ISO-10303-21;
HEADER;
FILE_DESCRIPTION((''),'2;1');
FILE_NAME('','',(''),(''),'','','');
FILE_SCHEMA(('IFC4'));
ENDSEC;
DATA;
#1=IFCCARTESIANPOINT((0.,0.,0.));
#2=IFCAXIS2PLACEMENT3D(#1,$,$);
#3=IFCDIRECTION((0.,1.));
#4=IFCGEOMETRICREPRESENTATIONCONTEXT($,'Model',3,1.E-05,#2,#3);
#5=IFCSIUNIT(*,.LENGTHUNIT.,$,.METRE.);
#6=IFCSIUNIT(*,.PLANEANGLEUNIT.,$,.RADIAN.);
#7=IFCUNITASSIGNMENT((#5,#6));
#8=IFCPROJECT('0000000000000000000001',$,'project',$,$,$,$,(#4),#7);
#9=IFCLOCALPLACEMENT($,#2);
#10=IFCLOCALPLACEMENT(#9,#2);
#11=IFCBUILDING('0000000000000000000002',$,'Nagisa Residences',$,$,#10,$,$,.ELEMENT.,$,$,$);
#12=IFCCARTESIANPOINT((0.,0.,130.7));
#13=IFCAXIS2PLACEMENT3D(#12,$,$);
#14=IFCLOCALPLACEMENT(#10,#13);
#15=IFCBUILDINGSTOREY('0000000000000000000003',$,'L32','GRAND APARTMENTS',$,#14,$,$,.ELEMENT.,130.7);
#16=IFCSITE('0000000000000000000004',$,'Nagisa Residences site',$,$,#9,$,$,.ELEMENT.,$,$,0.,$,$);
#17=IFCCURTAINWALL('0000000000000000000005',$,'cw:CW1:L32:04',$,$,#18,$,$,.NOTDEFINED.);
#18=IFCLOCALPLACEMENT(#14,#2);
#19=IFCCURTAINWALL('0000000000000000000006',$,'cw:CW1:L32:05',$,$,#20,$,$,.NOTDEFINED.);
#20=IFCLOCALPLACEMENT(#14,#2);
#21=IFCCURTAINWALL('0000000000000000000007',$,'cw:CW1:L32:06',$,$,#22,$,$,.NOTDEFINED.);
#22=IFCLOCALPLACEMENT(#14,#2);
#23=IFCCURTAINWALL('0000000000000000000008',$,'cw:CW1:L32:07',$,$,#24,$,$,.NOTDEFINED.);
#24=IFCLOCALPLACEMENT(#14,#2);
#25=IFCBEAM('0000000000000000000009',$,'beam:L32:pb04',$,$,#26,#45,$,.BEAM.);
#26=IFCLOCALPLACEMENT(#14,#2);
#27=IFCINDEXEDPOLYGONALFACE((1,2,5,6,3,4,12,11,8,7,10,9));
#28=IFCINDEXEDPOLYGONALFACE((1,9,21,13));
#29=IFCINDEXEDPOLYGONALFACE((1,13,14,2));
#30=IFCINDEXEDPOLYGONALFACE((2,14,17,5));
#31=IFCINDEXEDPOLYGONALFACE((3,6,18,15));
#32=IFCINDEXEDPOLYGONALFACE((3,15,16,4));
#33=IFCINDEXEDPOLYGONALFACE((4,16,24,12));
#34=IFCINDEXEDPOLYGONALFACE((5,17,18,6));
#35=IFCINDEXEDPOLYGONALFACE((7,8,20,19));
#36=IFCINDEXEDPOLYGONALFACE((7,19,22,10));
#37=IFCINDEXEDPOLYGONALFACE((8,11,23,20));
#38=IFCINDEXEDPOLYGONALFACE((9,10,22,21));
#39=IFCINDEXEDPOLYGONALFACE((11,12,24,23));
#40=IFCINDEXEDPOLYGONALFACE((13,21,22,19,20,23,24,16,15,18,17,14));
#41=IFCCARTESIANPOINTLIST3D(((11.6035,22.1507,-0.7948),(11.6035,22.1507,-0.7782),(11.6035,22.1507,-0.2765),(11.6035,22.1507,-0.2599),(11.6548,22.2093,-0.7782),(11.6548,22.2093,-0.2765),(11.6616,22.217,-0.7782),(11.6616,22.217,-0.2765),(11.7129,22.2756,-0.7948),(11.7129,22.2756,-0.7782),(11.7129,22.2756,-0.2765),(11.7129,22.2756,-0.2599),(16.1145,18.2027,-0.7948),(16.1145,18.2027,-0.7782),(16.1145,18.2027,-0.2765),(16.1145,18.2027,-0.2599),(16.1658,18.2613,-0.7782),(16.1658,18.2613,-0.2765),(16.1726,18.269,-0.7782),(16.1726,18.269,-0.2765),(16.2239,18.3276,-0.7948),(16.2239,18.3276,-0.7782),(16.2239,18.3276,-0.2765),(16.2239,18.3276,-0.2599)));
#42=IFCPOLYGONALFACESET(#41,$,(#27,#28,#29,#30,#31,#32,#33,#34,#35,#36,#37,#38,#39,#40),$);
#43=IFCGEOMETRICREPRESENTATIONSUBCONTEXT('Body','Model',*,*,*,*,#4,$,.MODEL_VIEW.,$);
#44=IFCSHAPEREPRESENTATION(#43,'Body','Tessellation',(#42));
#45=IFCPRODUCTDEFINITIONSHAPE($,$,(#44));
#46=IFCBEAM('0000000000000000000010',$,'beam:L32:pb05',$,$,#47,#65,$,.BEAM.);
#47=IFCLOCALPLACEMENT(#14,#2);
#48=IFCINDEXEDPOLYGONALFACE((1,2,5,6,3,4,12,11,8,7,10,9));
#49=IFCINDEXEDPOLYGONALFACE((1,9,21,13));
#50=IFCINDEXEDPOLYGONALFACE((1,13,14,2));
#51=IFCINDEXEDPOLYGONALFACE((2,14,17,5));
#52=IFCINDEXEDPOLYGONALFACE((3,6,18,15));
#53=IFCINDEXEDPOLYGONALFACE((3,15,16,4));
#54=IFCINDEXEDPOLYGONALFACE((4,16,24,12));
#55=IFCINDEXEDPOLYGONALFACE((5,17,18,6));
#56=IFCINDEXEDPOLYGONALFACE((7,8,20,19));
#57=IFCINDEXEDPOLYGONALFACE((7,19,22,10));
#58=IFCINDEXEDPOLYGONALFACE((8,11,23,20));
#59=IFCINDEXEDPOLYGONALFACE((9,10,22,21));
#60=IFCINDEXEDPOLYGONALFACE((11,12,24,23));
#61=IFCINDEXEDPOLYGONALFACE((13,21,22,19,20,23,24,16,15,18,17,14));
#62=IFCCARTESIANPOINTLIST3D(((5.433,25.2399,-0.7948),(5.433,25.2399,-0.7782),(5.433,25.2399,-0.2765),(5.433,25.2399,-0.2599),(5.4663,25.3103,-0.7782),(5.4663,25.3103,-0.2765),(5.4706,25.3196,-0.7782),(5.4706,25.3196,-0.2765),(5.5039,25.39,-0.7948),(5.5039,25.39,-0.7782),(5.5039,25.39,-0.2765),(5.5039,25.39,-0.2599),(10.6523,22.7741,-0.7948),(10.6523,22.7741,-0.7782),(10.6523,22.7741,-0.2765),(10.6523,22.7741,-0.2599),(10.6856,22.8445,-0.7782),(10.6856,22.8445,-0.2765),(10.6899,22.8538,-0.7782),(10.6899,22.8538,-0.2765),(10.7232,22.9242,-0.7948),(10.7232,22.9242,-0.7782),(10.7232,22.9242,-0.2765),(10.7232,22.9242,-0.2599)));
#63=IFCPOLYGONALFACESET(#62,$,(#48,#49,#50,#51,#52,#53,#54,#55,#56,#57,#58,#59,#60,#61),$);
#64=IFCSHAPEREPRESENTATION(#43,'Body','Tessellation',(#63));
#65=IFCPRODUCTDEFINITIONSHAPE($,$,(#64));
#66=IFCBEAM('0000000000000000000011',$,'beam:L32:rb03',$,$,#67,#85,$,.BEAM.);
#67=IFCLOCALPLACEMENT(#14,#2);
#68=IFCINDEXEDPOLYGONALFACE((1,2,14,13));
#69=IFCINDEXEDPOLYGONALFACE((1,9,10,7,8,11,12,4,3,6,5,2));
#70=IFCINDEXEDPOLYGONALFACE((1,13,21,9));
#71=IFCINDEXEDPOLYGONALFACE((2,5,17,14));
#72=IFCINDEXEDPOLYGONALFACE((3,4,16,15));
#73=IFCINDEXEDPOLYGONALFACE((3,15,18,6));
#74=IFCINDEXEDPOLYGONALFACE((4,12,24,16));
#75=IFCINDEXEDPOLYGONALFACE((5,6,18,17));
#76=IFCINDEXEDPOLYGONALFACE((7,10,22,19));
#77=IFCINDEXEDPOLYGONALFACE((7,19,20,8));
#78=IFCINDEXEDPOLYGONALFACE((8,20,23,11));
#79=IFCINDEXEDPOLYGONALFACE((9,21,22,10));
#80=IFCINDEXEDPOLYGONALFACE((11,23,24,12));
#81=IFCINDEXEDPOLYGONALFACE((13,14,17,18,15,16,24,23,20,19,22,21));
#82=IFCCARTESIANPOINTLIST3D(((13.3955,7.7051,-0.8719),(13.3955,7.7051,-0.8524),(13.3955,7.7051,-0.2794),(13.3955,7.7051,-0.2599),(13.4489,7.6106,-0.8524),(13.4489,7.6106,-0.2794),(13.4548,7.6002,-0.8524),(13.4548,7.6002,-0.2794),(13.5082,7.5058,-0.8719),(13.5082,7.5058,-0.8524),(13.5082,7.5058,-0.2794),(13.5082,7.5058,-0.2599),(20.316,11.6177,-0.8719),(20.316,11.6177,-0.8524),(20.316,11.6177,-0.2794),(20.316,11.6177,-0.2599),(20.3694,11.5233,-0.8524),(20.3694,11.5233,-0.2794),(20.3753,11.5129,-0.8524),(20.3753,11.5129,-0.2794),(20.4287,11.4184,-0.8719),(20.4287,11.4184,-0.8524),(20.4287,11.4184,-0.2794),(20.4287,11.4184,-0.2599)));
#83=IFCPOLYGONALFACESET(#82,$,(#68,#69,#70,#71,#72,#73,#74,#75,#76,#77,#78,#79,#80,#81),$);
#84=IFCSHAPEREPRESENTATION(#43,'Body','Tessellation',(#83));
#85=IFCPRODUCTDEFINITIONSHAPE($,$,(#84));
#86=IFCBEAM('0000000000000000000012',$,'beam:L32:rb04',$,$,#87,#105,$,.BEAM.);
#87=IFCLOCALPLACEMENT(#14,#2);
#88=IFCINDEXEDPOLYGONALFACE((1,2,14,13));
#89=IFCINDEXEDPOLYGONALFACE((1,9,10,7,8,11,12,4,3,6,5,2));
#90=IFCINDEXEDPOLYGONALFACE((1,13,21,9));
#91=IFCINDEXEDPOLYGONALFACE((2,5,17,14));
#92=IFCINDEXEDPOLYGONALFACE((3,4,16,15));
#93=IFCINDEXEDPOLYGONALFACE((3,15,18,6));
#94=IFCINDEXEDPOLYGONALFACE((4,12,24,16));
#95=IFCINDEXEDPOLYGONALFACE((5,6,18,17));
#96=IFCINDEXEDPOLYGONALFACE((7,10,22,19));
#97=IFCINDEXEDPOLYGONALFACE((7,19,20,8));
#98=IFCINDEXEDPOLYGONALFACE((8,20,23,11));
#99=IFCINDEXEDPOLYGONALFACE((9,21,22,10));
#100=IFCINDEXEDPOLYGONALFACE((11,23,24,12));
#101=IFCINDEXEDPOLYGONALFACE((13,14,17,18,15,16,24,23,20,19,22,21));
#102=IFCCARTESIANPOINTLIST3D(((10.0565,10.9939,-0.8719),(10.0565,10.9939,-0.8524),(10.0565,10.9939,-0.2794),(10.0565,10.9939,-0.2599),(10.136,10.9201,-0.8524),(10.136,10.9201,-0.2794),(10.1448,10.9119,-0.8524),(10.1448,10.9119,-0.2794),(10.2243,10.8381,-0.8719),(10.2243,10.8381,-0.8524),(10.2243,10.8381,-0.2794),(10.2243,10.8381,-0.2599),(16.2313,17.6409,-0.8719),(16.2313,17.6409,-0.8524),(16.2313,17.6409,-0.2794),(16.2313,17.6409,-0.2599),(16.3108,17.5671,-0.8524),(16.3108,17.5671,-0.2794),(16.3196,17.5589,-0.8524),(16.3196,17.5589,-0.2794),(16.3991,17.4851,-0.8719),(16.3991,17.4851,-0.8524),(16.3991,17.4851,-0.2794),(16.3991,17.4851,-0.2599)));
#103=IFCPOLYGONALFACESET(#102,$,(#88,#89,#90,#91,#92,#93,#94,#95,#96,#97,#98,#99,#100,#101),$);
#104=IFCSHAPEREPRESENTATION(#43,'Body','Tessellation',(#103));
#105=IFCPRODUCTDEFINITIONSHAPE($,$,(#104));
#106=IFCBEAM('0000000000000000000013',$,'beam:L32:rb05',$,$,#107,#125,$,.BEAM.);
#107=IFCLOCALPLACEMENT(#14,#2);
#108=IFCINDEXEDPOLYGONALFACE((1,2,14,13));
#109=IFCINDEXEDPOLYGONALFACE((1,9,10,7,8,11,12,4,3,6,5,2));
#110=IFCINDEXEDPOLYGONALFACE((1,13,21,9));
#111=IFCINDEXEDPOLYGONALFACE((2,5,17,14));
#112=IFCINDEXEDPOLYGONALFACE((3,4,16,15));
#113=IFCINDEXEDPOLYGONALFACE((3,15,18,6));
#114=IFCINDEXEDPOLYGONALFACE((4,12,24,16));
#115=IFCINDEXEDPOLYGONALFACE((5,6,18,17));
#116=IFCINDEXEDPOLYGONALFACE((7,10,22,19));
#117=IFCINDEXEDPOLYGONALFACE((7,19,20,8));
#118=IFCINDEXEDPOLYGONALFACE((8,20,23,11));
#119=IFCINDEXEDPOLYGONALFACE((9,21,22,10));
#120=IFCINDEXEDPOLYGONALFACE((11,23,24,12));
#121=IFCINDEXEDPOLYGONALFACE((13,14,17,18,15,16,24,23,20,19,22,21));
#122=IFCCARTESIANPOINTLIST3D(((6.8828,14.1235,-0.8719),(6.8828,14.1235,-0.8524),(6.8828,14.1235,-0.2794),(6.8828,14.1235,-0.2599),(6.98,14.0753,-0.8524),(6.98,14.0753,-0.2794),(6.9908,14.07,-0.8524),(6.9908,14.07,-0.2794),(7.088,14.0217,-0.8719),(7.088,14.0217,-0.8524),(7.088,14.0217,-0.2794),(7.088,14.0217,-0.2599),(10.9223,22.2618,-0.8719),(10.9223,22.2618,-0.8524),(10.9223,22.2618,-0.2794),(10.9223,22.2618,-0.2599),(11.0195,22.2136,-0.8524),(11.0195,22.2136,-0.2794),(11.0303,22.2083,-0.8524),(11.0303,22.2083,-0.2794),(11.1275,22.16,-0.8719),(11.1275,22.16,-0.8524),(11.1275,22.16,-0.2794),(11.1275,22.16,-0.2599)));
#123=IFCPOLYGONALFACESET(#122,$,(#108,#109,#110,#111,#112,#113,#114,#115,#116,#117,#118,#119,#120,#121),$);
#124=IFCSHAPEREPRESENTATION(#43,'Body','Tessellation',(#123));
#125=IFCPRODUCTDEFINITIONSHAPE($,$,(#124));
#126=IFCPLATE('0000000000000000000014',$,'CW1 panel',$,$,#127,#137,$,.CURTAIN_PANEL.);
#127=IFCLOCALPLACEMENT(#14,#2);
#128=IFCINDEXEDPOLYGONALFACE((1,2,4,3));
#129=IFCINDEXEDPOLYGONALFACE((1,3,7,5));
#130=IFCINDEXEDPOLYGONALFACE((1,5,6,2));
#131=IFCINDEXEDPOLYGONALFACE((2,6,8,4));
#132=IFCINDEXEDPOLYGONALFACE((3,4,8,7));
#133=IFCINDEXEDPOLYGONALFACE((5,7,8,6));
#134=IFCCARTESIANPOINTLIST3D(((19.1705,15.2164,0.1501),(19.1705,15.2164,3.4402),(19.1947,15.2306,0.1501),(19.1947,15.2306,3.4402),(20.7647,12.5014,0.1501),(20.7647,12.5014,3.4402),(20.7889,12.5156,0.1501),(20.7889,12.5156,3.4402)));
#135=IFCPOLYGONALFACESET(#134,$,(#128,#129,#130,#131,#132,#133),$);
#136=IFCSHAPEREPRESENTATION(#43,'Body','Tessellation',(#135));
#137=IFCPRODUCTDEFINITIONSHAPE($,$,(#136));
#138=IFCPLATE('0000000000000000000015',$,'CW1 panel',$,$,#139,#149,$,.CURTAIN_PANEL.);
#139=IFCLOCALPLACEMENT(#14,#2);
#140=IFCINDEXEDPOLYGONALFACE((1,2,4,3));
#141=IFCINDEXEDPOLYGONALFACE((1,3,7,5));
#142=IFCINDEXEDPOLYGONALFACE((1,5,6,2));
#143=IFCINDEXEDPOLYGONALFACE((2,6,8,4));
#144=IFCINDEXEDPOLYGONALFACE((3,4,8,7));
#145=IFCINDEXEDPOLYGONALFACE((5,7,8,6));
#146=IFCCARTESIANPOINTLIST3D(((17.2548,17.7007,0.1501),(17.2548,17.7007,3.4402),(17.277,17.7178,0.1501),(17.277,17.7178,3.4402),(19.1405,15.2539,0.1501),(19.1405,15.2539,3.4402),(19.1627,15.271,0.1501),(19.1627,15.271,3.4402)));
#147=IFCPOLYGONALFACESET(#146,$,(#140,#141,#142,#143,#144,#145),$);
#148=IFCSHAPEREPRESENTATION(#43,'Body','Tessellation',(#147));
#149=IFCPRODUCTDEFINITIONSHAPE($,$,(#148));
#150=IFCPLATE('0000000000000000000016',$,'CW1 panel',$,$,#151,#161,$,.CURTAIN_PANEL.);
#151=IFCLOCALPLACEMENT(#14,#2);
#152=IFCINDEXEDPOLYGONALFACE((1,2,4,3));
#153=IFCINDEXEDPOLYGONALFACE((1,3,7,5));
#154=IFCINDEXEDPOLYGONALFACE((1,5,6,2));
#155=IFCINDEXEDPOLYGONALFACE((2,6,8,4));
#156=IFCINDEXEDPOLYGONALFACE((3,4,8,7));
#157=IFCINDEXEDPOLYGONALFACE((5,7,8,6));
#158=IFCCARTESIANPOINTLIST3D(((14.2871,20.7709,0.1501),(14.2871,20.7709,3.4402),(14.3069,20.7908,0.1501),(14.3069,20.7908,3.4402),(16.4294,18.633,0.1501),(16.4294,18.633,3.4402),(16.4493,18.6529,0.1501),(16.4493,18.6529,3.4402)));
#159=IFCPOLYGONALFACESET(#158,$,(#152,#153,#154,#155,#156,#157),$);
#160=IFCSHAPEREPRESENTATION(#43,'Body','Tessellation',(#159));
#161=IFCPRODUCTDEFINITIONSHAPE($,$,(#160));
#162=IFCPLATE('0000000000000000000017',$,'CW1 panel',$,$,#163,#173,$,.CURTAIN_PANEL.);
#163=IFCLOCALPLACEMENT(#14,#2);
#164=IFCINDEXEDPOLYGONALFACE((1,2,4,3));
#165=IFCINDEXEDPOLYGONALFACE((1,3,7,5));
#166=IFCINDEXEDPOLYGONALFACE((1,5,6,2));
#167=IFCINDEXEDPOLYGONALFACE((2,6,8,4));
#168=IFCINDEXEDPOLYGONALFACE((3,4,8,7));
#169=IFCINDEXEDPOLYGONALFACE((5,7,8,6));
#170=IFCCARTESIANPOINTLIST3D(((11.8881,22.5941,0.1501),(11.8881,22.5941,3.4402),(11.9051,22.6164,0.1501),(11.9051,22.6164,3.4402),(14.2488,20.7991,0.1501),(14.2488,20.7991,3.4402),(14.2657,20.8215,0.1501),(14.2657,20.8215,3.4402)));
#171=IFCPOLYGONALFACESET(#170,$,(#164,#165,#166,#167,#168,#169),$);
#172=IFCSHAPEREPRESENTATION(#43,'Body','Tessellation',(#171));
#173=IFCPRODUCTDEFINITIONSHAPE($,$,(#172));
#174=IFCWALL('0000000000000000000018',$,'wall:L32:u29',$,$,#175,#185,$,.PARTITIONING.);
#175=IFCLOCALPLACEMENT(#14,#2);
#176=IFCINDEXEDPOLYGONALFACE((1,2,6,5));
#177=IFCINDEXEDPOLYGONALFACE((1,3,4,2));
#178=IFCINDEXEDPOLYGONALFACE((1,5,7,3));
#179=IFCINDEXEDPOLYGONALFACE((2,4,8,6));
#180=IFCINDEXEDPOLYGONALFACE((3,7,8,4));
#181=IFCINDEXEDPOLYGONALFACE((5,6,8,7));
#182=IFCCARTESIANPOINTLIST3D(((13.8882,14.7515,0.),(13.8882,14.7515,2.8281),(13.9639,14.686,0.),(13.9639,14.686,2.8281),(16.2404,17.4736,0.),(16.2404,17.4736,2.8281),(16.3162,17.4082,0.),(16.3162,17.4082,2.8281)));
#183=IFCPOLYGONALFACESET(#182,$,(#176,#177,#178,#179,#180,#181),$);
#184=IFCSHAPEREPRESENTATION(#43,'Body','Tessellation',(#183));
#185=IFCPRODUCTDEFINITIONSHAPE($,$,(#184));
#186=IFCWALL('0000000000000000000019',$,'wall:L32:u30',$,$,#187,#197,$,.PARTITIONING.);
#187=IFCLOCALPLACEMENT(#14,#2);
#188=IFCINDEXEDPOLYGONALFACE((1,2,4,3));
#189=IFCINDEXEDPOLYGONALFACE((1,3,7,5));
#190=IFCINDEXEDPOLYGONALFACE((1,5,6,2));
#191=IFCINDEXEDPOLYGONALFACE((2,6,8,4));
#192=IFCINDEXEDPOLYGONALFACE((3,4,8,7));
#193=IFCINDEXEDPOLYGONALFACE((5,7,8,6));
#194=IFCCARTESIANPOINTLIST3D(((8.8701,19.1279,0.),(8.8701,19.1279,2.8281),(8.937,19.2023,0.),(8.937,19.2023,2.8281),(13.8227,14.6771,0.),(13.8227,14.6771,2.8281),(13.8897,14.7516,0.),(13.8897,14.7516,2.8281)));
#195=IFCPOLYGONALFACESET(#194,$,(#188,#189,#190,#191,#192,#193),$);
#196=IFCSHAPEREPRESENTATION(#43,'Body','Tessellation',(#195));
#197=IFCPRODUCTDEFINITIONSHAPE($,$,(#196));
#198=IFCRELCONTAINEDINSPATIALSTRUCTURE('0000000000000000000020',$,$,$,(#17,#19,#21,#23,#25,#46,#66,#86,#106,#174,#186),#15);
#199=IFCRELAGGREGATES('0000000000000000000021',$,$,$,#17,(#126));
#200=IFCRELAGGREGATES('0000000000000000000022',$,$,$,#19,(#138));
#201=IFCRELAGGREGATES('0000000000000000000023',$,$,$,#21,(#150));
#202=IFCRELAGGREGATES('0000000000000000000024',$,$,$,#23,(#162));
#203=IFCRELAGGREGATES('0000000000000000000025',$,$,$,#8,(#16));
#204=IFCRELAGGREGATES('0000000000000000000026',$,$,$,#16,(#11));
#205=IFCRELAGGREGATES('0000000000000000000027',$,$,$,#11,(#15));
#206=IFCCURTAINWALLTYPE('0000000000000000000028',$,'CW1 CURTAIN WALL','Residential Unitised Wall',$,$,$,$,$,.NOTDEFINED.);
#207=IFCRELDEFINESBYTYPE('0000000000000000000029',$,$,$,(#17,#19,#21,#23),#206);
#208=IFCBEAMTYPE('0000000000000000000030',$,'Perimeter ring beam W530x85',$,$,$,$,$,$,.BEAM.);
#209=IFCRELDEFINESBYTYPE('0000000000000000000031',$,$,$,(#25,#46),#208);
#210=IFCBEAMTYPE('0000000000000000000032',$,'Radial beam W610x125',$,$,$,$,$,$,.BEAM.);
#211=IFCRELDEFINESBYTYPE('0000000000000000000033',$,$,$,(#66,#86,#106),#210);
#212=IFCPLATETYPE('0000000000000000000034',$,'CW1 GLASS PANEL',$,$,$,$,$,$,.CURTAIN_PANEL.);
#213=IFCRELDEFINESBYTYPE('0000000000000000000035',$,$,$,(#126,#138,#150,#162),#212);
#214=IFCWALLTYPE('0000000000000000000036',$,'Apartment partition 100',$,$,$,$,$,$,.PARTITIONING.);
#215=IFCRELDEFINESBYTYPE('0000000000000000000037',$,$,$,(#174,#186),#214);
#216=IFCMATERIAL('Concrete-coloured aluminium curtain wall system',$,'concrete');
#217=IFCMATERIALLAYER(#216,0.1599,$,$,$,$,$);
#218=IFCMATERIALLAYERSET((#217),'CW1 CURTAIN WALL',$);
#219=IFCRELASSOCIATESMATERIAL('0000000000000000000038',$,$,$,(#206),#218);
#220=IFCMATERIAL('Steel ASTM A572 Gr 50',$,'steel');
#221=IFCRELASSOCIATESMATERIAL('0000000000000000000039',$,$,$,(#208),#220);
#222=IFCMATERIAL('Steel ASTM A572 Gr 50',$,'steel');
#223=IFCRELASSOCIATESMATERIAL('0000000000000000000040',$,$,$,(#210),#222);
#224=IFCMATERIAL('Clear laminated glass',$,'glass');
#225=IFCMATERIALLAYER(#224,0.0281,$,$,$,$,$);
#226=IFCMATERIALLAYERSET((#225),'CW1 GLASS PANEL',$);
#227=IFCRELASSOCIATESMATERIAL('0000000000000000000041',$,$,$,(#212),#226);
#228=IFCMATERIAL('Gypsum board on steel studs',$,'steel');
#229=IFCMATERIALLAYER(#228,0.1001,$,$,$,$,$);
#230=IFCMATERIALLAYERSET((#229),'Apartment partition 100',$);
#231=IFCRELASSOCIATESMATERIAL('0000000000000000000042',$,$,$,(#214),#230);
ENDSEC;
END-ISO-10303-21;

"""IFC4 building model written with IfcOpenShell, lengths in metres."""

from ifc_helpers import new_model, si_unit, direction, frame, frame_2d, origin, origin_2d, place, context, subcontext, project, spatial, rectangle, i_section, extrude, material, layer, layer_set, material_profile, profile_set, type_object, element, aggregate, save


model = new_model("IFC4")

# Units and contexts
model_context = context("Model", 3, precision=1e-05, world=origin(), true_north=direction((0.0, 1.0)))
body_context = subcontext(model_context, "Body", "Model", "MODEL_VIEW")
ifc_project = project(units=[si_unit("LENGTHUNIT", "METRE"), si_unit("PLANEANGLEUNIT", "RADIAN")], contexts=[model_context])

# Site, building, storey
site_placement = place(None, origin())
site = spatial("IfcSite", under=ifc_project, at=site_placement, Name="Nagisa Residences site", CompositionType="ELEMENT", RefElevation=0.0)
building_placement = place(site_placement, origin())
building = spatial("IfcBuilding", under=site, at=building_placement, Name="Nagisa Residences", CompositionType="ELEMENT")
storey_placement = place(building_placement, frame((0.0, 0.0, 130.7)))
storey = spatial("IfcBuildingStorey", under=building, at=storey_placement, Name="L32", Description="GRAND APARTMENTS", CompositionType="ELEMENT", Elevation=130.7)

# Curtain walls
ifc_material_1 = material(Name="Concrete-coloured aluminium curtain wall system", Category="concrete")
ifc_layer_1 = layer(ifc_material_1, 0.1599)
ifc_layer_set_1 = layer_set([ifc_layer_1], Name="CW1 CURTAIN WALL")
curtain_wall_type = type_object("IfcCurtainWallType", Name="CW1 CURTAIN WALL", Description="Residential Unitised Wall", PredefinedType="NOTDEFINED", material=ifc_layer_set_1)
curtain_wall_1_placement = place(storey_placement, origin())
curtain_wall_1 = element("IfcCurtainWall", 1, at=curtain_wall_1_placement, inside=storey, type_object=curtain_wall_type, Name="cw:CW1:L32:04", PredefinedType="NOTDEFINED")
curtain_wall_2_placement = place(storey_placement, origin())
curtain_wall_2 = element("IfcCurtainWall", 2, at=curtain_wall_2_placement, inside=storey, type_object=curtain_wall_type, Name="cw:CW1:L32:05", PredefinedType="NOTDEFINED")
curtain_wall_3_placement = place(storey_placement, origin())
curtain_wall_3 = element("IfcCurtainWall", 3, at=curtain_wall_3_placement, inside=storey, type_object=curtain_wall_type, Name="cw:CW1:L32:06", PredefinedType="NOTDEFINED")
curtain_wall_4_placement = place(storey_placement, origin())
curtain_wall_4 = element("IfcCurtainWall", 4, at=curtain_wall_4_placement, inside=storey, type_object=curtain_wall_type, Name="cw:CW1:L32:07", PredefinedType="NOTDEFINED")

# Beams
ifc_material_2 = material(Name="Steel ASTM A572 Gr 50", Category="steel")
ifc_material_profile_1 = material_profile(ifc_material_2, i_section(OverallWidth=0.166, OverallDepth=0.5349, WebThickness=0.0103, FlangeThickness=0.0166, at=origin_2d()), Name="W530x85")
ifc_profile_set_1 = profile_set([ifc_material_profile_1], Name="Steel ASTM A572 Gr 50")
beam_type_1 = type_object("IfcBeamType", Name="Perimeter ring beam W530x85", PredefinedType="BEAM", material=ifc_profile_set_1)
beam_1_placement = place(storey_placement, frame((16.1692, 18.2651, -0.5273), z_axis=(-0.752504, 0.658588, 0.0), x_axis=(-0.658588, -0.752504, 0.0)))
element("IfcBeam", 5, at=beam_1_placement, inside=storey, type_object=beam_type_1, Name="beam:L32:pb04", PredefinedType="BEAM", context=body_context, shape_type="SweptSolid", body=[
    extrude(i_section(OverallWidth=0.166, OverallDepth=0.5349, WebThickness=0.0103, FlangeThickness=0.0166, at=origin_2d()), origin(), (0.0, 0.0, 1.0), 5.9946),
])
beam_2_placement = place(storey_placement, frame((10.6877, 22.8491, -0.5273), z_axis=(-0.90417, 0.427173, 0.0), x_axis=(-0.427173, -0.90417, 0.0)))
element("IfcBeam", 6, at=beam_2_placement, inside=storey, type_object=beam_type_1, Name="beam:L32:pb05", PredefinedType="BEAM", context=body_context, shape_type="SweptSolid", body=[
    extrude(i_section(OverallWidth=0.166, OverallDepth=0.5349, WebThickness=0.0103, FlangeThickness=0.0166, at=origin_2d()), origin(), (0.0, 0.0, 1.0), 5.7725),
])
ifc_material_3 = material(Name="Steel ASTM A572 Gr 50", Category="steel")
ifc_material_profile_2 = material_profile(ifc_material_3, i_section(OverallWidth=0.229, OverallDepth=0.6121, WebThickness=0.012, FlangeThickness=0.0195, at=origin_2d()), Name="W610x125")
ifc_profile_set_2 = profile_set([ifc_material_profile_2], Name="Steel ASTM A572 Gr 50")
beam_type_2 = type_object("IfcBeamType", Name="Radial beam W610x125", PredefinedType="BEAM", material=ifc_profile_set_2)
beam_3_placement = place(storey_placement, frame((20.3723, 11.5181, -0.5659), z_axis=(-0.870506, -0.492158, 0.0), x_axis=(0.492158, -0.870506, 0.0)))
element("IfcBeam", 7, at=beam_3_placement, inside=storey, type_object=beam_type_2, Name="beam:L32:rb03", PredefinedType="BEAM", context=body_context, shape_type="SweptSolid", body=[
    extrude(i_section(OverallWidth=0.229, OverallDepth=0.6121, WebThickness=0.012, FlangeThickness=0.0195, at=origin_2d()), origin(), (0.0, 0.0, 1.0), 7.95),
])
beam_4_placement = place(storey_placement, frame((16.3152, 17.563, -0.5659), z_axis=(-0.680606, -0.73265, 0.0), x_axis=(0.73265, -0.680606, 0.0)))
element("IfcBeam", 8, at=beam_4_placement, inside=storey, type_object=beam_type_2, Name="beam:L32:rb04", PredefinedType="BEAM", context=body_context, shape_type="SweptSolid", body=[
    extrude(i_section(OverallWidth=0.229, OverallDepth=0.6121, WebThickness=0.012, FlangeThickness=0.0195, at=origin_2d()), origin(), (0.0, 0.0, 1.0), 9.0725),
])
beam_5_placement = place(storey_placement, frame((11.0249, 22.2109, -0.5659), z_axis=(-0.4446, -0.895729, 0.0), x_axis=(0.895729, -0.4446, 0.0)))
element("IfcBeam", 9, at=beam_5_placement, inside=storey, type_object=beam_type_2, Name="beam:L32:rb05", PredefinedType="BEAM", context=body_context, shape_type="SweptSolid", body=[
    extrude(i_section(OverallWidth=0.229, OverallDepth=0.6121, WebThickness=0.012, FlangeThickness=0.0195, at=origin_2d()), origin(), (0.0, 0.0, 1.0), 9.0857),
])

# Plates
ifc_material_4 = material(Name="Clear laminated glass", Category="glass")
ifc_layer_2 = layer(ifc_material_4, 0.0281)
ifc_layer_set_2 = layer_set([ifc_layer_2], Name="CW1 GLASS PANEL")
plate_type = type_object("IfcPlateType", Name="CW1 GLASS PANEL", PredefinedType="CURTAIN_PANEL", material=ifc_layer_set_2)
plate_1_placement = place(storey_placement, frame((19.9797, 13.866, 0.1501), z_axis=(0.0, 0.0, 1.0), x_axis=(-0.506349, 0.862329, 0.0)))
plate_1 = element("IfcPlate", 10, at=plate_1_placement, type_object=plate_type, Name="CW1 panel", PredefinedType="CURTAIN_PANEL", context=body_context, shape_type="SweptSolid", body=[
    extrude(rectangle(XDim=3.1484, YDim=0.0281, at=origin_2d()), origin(), (0.0, 0.0, 1.0), 3.29),
])
aggregate(curtain_wall_1, [plate_1])
plate_2_placement = place(storey_placement, frame((18.2087, 16.4858, 0.1501), z_axis=(0.0, 0.0, 1.0), x_axis=(-0.61043, 0.79207, 0.0)))
plate_2 = element("IfcPlate", 11, at=plate_2_placement, type_object=plate_type, Name="CW1 panel", PredefinedType="CURTAIN_PANEL", context=body_context, shape_type="SweptSolid", body=[
    extrude(rectangle(XDim=3.0891, YDim=0.0281, at=origin_2d()), origin(), (0.0, 0.0, 1.0), 3.29),
])
aggregate(curtain_wall_2, [plate_2])
plate_3_placement = place(storey_placement, frame((15.3682, 19.7119, 0.1501), z_axis=(0.0, 0.0, 1.0), x_axis=(-0.707836, 0.706377, 0.0)))
plate_3 = element("IfcPlate", 12, at=plate_3_placement, type_object=plate_type, Name="CW1 panel", PredefinedType="CURTAIN_PANEL", context=body_context, shape_type="SweptSolid", body=[
    extrude(rectangle(XDim=3.0266, YDim=0.0281, at=origin_2d()), origin(), (0.0, 0.0, 1.0), 3.29),
])
aggregate(curtain_wall_3, [plate_3])
plate_4_placement = place(storey_placement, frame((13.0769, 21.7078, 0.1501), z_axis=(0.0, 0.0, 1.0), x_axis=(-0.796031, 0.605255, 0.0)))
plate_4 = element("IfcPlate", 13, at=plate_4_placement, type_object=plate_type, Name="CW1 panel", PredefinedType="CURTAIN_PANEL", context=body_context, shape_type="SweptSolid", body=[
    extrude(rectangle(XDim=2.9656, YDim=0.0281, at=origin_2d()), origin(), (0.0, 0.0, 1.0), 3.29),
])
aggregate(curtain_wall_4, [plate_4])

# Walls
ifc_material_5 = material(Name="Gypsum board on steel studs", Category="steel")
ifc_layer_3 = layer(ifc_material_5, 0.1001)
ifc_layer_set_3 = layer_set([ifc_layer_3], Name="Apartment partition 100")
wall_type = type_object("IfcWallType", Name="Apartment partition 100", PredefinedType="PARTITIONING", material=ifc_layer_set_3)
wall_1_placement = place(storey_placement, frame((13.926, 14.7188, 0.0), z_axis=(0.0, 0.0, 1.0), x_axis=(0.653832, 0.75664, 0.0)))
element("IfcWall", 14, at=wall_1_placement, inside=storey, type_object=wall_type, Name="wall:L32:u29", PredefinedType="PARTITIONING", context=body_context, shape_type="SweptSolid", body=[
    extrude(rectangle(XDim=3.5977, YDim=0.1001, at=frame_2d((1.7988, 0.0))), origin(), (0.0, 0.0, 1.0), 2.8281),
])
wall_2_placement = place(storey_placement, frame((13.8562, 14.7144, 0.0), z_axis=(0.0, 0.0, 1.0), x_axis=(-0.743793, 0.66841, 0.0)))
element("IfcWall", 15, at=wall_2_placement, inside=storey, type_object=wall_type, Name="wall:L32:u30", PredefinedType="PARTITIONING", context=body_context, shape_type="SweptSolid", body=[
    extrude(rectangle(XDim=6.6587, YDim=0.1001, at=frame_2d((3.3293, 0.0))), origin(), (0.0, 0.0, 1.0), 2.8281),
])

save(model, "model.ifc")
